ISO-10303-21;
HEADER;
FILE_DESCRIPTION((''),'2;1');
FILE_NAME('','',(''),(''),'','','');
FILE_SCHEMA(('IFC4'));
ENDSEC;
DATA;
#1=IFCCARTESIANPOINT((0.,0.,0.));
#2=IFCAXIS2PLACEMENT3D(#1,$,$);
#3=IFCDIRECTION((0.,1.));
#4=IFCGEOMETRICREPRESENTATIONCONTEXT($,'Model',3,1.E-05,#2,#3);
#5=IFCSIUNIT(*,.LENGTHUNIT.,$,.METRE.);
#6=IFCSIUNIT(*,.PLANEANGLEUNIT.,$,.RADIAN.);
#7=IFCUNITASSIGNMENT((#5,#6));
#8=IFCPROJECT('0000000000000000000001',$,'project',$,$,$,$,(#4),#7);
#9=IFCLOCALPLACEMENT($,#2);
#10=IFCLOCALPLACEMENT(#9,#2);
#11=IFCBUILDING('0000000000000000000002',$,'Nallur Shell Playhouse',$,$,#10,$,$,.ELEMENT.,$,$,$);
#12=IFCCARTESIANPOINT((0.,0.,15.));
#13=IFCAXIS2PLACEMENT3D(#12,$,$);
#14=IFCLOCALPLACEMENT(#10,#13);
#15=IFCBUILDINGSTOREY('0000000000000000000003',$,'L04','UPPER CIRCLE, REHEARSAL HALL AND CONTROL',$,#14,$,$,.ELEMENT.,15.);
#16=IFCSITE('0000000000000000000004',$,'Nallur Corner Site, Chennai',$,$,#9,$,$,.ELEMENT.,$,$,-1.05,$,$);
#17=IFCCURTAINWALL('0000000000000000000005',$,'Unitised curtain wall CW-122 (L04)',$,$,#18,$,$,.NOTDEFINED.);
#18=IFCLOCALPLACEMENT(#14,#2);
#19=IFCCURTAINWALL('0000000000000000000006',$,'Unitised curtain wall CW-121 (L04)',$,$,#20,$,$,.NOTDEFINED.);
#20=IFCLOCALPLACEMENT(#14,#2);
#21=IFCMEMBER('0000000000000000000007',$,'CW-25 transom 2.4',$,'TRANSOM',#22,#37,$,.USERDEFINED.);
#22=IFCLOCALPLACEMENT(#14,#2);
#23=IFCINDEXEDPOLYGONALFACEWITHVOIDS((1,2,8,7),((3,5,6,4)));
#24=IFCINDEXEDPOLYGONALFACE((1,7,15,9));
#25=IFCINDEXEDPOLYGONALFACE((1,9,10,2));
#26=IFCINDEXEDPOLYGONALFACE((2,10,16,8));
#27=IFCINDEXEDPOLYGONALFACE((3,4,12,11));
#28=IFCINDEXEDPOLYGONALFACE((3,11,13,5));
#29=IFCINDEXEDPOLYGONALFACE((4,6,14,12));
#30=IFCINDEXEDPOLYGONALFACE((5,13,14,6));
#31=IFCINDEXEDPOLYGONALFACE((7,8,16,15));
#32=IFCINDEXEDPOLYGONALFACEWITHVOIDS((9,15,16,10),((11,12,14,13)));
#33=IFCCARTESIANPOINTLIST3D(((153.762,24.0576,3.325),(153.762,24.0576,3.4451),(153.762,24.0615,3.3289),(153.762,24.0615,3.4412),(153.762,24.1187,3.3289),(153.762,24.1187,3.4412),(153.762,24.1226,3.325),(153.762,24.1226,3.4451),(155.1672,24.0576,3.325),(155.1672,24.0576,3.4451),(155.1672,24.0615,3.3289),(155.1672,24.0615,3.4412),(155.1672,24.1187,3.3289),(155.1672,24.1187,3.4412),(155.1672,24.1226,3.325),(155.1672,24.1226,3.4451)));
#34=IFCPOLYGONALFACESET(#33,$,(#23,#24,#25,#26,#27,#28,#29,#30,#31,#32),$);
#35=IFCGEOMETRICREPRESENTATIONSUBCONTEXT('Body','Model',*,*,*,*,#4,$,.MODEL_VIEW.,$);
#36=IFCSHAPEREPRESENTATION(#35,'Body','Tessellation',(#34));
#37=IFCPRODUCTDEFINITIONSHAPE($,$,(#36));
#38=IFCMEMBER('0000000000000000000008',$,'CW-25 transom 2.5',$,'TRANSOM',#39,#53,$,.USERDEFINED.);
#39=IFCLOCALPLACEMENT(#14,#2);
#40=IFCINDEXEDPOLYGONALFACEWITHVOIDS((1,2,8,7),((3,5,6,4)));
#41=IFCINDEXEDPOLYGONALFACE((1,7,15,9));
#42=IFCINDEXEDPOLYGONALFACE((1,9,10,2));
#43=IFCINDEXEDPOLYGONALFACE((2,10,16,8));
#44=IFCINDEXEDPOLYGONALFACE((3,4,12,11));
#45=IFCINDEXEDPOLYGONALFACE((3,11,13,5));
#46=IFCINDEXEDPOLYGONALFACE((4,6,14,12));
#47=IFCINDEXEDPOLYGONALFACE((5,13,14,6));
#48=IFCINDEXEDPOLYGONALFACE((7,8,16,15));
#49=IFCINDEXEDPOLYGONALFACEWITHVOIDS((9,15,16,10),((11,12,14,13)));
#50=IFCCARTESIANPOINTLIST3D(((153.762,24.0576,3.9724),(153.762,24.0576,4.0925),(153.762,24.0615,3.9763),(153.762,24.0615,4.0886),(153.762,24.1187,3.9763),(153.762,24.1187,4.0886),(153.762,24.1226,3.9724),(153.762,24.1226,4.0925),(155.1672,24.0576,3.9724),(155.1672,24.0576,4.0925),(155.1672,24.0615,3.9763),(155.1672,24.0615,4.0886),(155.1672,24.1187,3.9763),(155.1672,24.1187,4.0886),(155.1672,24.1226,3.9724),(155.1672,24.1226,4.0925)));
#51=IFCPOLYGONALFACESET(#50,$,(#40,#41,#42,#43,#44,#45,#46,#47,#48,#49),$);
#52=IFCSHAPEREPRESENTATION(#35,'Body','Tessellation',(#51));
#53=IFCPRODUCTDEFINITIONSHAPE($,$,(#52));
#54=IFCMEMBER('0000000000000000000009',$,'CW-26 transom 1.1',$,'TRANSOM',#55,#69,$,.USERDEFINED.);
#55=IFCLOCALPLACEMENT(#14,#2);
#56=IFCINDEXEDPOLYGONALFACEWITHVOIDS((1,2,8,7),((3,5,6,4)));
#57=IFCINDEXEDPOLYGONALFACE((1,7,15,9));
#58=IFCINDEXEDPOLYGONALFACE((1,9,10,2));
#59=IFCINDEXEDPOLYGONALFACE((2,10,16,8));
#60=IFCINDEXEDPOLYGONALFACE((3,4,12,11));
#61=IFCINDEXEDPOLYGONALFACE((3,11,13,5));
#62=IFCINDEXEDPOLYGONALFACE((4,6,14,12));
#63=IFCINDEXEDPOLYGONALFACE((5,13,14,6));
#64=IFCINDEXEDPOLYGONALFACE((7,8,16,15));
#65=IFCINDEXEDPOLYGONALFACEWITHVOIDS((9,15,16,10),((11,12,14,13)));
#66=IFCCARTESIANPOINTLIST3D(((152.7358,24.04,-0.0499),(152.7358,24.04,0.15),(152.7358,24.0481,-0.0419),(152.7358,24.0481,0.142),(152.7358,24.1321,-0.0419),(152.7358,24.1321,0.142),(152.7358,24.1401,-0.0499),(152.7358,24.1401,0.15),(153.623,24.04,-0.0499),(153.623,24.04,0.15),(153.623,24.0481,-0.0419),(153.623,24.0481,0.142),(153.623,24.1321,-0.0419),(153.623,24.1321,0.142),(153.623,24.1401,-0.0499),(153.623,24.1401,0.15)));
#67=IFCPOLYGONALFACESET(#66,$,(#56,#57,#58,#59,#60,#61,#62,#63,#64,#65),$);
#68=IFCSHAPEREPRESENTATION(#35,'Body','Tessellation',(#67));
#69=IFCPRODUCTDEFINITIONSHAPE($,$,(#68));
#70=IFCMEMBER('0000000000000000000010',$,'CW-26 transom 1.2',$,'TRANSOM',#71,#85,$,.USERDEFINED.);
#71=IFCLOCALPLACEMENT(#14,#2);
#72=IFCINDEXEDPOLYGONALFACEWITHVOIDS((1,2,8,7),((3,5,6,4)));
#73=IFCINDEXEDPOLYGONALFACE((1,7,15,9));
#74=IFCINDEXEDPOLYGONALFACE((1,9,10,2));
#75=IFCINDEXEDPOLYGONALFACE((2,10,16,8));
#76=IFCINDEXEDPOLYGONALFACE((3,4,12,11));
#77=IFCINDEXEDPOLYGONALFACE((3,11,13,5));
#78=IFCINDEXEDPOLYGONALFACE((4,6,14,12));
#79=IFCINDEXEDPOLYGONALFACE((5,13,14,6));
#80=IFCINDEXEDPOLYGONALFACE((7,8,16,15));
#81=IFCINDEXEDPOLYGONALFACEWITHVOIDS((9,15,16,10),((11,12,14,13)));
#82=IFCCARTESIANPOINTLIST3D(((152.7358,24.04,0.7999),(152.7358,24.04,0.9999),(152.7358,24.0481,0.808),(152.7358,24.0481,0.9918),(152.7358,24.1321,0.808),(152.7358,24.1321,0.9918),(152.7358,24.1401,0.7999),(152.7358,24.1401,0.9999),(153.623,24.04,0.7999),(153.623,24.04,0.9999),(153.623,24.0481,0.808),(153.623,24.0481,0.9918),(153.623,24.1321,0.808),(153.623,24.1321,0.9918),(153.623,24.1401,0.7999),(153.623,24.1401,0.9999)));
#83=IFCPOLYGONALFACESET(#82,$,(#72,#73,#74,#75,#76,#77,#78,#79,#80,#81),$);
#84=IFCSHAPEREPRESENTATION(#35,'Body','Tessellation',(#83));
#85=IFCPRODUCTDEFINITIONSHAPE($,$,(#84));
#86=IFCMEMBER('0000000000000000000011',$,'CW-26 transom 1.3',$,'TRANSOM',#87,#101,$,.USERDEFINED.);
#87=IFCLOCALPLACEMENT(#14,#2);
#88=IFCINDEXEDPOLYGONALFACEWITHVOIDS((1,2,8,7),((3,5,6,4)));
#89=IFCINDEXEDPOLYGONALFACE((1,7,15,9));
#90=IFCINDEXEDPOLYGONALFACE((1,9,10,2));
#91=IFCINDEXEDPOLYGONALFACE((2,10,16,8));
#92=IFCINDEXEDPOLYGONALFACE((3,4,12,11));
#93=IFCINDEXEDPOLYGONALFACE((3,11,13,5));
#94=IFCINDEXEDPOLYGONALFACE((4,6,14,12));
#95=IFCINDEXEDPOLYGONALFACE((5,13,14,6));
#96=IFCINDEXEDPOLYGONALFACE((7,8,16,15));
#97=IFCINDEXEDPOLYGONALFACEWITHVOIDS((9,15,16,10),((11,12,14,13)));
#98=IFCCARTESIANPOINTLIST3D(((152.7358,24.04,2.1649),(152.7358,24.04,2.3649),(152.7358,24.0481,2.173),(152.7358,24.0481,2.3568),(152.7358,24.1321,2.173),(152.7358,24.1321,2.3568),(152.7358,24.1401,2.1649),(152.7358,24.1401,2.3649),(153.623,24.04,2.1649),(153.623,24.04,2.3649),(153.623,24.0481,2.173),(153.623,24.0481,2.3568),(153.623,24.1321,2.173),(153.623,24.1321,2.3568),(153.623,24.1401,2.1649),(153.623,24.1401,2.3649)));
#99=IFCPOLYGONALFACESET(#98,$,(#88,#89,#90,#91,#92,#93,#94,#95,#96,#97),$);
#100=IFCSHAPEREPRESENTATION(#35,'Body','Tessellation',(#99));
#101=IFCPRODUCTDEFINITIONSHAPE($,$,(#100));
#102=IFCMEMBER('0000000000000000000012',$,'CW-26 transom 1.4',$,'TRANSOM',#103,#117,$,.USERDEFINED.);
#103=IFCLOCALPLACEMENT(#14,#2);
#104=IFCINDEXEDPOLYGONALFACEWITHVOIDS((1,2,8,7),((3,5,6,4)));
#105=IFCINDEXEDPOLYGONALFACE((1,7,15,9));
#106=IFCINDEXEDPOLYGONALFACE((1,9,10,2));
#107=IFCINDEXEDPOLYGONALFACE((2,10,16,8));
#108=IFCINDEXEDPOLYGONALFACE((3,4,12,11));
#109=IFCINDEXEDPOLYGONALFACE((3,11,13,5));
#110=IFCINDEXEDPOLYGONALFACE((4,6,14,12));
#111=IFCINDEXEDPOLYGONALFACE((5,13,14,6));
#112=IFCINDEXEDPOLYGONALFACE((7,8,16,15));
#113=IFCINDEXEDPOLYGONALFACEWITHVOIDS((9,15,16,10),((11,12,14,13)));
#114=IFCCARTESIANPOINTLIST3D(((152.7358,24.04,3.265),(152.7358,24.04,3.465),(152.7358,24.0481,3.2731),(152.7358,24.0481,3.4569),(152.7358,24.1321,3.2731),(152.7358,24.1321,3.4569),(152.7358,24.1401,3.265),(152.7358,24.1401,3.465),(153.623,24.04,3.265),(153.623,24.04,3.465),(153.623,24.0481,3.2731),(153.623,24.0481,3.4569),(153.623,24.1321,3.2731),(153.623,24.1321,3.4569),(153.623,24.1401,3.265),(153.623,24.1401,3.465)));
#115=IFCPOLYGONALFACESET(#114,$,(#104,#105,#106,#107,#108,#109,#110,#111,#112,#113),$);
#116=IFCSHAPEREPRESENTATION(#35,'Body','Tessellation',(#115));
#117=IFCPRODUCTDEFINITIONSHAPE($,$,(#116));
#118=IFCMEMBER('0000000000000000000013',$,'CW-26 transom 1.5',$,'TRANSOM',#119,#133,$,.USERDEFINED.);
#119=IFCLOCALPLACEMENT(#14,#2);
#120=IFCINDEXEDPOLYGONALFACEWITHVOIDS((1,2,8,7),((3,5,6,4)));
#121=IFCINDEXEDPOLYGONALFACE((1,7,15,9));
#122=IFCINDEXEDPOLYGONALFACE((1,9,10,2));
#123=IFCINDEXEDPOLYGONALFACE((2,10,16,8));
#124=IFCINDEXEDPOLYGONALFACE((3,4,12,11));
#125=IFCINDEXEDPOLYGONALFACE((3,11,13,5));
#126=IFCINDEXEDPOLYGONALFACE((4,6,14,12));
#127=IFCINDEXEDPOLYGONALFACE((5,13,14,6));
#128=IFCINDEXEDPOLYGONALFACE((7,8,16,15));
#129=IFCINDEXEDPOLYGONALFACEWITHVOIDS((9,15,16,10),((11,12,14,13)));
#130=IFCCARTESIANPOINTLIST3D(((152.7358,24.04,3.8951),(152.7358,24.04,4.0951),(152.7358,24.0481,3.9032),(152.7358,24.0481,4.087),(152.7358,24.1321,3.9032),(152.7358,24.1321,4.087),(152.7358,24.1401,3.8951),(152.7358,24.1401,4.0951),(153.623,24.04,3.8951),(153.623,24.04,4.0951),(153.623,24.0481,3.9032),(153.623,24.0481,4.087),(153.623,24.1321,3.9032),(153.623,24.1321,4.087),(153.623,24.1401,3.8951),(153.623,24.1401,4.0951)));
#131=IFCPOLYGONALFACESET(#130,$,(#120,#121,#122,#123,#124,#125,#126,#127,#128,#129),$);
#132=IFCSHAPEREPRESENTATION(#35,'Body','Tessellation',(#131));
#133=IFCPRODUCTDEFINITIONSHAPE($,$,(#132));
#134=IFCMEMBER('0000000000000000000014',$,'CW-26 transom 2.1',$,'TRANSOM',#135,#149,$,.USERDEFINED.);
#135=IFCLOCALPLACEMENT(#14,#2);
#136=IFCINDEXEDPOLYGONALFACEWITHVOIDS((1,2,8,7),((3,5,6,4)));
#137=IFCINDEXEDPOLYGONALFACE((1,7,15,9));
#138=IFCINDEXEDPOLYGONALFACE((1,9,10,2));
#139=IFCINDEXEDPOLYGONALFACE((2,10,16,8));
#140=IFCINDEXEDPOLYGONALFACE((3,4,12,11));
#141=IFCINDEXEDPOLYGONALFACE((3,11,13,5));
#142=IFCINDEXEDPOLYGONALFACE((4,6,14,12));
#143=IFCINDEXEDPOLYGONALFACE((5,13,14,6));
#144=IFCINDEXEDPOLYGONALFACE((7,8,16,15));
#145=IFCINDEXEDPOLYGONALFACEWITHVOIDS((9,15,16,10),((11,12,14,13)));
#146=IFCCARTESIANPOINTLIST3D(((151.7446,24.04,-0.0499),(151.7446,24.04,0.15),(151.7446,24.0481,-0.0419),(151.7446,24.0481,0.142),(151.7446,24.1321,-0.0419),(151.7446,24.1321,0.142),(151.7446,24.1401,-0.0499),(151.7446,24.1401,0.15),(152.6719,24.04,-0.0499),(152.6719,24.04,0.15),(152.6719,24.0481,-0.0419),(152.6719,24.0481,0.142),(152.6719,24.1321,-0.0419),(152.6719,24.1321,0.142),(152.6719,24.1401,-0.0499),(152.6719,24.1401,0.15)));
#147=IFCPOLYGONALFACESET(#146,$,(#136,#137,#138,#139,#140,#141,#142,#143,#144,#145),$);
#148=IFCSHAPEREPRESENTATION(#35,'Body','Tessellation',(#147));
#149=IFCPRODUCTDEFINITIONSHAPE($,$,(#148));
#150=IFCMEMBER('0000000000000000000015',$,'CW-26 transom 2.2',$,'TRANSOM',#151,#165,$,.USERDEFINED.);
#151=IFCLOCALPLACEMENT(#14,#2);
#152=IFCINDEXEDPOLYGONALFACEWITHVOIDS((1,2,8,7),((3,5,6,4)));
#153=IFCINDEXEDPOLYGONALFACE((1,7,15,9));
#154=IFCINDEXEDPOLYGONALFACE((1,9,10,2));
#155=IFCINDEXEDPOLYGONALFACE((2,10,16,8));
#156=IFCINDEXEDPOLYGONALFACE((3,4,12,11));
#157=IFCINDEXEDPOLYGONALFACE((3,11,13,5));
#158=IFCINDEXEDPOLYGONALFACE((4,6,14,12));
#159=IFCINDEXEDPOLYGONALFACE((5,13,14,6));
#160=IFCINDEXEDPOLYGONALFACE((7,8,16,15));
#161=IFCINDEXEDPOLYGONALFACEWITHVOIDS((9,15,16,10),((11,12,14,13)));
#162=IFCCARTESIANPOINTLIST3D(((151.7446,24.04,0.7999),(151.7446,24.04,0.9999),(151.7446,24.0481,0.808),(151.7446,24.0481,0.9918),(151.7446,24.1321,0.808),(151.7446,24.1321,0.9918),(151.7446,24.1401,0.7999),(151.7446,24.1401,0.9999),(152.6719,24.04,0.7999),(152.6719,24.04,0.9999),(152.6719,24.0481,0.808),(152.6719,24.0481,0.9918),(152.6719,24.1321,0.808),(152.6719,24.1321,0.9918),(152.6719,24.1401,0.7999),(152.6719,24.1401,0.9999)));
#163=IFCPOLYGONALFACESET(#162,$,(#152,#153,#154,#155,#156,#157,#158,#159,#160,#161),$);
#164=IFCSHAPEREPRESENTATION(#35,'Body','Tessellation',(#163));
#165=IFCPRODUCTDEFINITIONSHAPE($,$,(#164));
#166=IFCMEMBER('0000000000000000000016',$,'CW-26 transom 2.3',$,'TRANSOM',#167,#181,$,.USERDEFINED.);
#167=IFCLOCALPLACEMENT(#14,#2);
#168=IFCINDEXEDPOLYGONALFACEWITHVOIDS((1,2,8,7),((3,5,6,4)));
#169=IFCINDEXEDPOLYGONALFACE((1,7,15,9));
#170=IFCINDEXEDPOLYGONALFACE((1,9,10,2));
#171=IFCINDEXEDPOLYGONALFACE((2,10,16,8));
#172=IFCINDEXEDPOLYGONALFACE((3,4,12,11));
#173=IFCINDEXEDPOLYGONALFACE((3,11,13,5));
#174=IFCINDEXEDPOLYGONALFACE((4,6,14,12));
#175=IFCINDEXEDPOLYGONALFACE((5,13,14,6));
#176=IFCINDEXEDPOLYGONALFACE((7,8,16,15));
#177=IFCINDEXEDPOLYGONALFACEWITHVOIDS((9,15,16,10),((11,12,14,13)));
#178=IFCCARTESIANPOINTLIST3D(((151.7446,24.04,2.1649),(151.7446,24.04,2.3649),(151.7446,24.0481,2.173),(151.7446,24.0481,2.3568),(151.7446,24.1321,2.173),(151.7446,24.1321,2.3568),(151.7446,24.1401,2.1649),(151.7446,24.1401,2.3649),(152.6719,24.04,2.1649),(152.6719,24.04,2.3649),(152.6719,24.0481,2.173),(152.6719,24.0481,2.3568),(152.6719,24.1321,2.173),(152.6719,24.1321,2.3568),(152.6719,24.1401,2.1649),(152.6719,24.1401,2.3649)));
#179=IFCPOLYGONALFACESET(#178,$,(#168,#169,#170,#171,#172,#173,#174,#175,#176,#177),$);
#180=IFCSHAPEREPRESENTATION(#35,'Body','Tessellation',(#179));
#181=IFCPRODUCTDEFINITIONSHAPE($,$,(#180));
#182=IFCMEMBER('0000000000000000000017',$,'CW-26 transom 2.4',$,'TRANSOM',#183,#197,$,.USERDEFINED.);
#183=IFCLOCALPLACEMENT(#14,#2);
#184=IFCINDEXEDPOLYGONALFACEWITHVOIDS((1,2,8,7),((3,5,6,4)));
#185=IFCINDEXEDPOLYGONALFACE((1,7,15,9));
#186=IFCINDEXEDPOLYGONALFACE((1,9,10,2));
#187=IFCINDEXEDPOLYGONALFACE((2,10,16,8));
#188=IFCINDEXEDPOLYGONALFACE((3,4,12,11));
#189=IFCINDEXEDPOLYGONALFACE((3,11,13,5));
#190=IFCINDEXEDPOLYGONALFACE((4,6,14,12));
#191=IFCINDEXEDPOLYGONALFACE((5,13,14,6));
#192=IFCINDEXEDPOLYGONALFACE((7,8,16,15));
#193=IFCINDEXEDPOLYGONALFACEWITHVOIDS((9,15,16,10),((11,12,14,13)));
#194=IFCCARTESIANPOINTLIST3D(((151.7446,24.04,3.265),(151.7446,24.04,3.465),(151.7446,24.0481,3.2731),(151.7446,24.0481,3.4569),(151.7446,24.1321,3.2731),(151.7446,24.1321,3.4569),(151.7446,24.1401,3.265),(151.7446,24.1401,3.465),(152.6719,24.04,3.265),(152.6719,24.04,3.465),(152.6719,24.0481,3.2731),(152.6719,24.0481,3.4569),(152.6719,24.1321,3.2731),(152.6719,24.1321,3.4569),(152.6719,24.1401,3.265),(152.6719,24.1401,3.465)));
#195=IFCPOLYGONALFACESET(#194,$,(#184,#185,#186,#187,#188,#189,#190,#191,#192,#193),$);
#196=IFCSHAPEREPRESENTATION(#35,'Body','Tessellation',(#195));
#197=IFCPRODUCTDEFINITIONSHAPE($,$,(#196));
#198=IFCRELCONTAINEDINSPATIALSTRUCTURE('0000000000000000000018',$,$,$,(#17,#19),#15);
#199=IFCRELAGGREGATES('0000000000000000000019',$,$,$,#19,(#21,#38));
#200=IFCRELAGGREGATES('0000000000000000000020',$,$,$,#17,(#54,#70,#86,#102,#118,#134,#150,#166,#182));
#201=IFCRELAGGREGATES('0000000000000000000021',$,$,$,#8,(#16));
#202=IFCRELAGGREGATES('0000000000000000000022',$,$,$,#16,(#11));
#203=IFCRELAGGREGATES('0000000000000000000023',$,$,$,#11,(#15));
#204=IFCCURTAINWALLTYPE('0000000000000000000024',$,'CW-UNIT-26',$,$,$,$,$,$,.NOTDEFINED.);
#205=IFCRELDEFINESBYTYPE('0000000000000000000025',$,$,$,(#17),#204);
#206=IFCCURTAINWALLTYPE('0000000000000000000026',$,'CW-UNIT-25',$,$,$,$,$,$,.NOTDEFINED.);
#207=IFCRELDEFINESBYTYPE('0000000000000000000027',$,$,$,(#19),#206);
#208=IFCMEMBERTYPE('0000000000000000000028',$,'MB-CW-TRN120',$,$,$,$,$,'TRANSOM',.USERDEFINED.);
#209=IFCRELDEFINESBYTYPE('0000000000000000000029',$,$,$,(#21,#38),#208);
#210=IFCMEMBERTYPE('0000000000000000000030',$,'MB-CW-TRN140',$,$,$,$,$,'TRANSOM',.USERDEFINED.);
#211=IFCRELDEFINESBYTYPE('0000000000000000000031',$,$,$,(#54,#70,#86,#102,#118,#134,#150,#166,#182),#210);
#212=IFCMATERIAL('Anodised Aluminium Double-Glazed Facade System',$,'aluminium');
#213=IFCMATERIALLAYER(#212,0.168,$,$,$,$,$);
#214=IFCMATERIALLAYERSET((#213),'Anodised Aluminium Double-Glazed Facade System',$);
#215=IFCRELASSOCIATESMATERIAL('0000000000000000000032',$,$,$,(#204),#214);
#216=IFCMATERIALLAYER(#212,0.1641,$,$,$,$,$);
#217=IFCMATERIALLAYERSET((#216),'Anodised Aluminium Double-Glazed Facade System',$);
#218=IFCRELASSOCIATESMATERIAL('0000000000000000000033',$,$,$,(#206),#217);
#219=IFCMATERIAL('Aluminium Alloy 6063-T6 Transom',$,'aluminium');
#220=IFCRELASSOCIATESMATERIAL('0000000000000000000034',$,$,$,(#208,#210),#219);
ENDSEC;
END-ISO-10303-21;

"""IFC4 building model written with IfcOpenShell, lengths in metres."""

from ifc_helpers import new_model, si_unit, direction, frame, origin, origin_2d, place, context, subcontext, project, spatial, hollow_rectangle, extrude, material, layer, layer_set, material_profile, profile_set, type_object, element, aggregate, save


model = new_model("IFC4")

# Units and contexts
model_context = context("Model", 3, precision=1e-05, world=origin(), true_north=direction((0.0, 1.0)))
body_context = subcontext(model_context, "Body", "Model", "MODEL_VIEW")
ifc_project = project(units=[si_unit("LENGTHUNIT", "METRE"), si_unit("PLANEANGLEUNIT", "RADIAN")], contexts=[model_context])

# Site, building, storey
site_placement = place(None, origin())
site = spatial("IfcSite", under=ifc_project, at=site_placement, Name="Nallur Corner Site, Chennai", CompositionType="ELEMENT", RefElevation=-1.05)
building_placement = place(site_placement, origin())
building = spatial("IfcBuilding", under=site, at=building_placement, Name="Nallur Shell Playhouse", CompositionType="ELEMENT")
storey_placement = place(building_placement, frame((0.0, 0.0, 15.0)))
storey = spatial("IfcBuildingStorey", under=building, at=storey_placement, Name="L04", Description="UPPER CIRCLE, REHEARSAL HALL AND CONTROL", CompositionType="ELEMENT", Elevation=15.0)

# Curtain walls, members
ifc_material_1 = material(Name="Anodised Aluminium Double-Glazed Facade System", Category="aluminium")
ifc_layer_1 = layer(ifc_material_1, 0.168)
ifc_layer_set_1 = layer_set([ifc_layer_1], Name="Anodised Aluminium Double-Glazed Facade System")
curtain_wall_type_1 = type_object("IfcCurtainWallType", Name="CW-UNIT-26", PredefinedType="NOTDEFINED", material=ifc_layer_set_1)
curtain_wall_1_placement = place(storey_placement, origin())
curtain_wall_1 = element("IfcCurtainWall", 1, at=curtain_wall_1_placement, inside=storey, type_object=curtain_wall_type_1, Name="Unitised curtain wall CW-122 (L04)", PredefinedType="NOTDEFINED")
ifc_layer_2 = layer(ifc_material_1, 0.1641)
ifc_layer_set_2 = layer_set([ifc_layer_2], Name="Anodised Aluminium Double-Glazed Facade System")
curtain_wall_type_2 = type_object("IfcCurtainWallType", Name="CW-UNIT-25", PredefinedType="NOTDEFINED", material=ifc_layer_set_2)
curtain_wall_2_placement = place(storey_placement, origin())
curtain_wall_2 = element("IfcCurtainWall", 2, at=curtain_wall_2_placement, inside=storey, type_object=curtain_wall_type_2, Name="Unitised curtain wall CW-121 (L04)", PredefinedType="NOTDEFINED")
ifc_material_2 = material(Name="Aluminium Alloy 6063-T6 Transom", Category="aluminium")
ifc_material_profile_1 = material_profile(ifc_material_2, hollow_rectangle(XDim=0.0649, YDim=0.1201, WallThickness=0.0039, at=origin_2d()), Name="ALU 65x120x4")
ifc_profile_set_1 = profile_set([ifc_material_profile_1], Name="Aluminium Alloy 6063-T6 Transom")
member_type_1 = type_object("IfcMemberType", Name="MB-CW-TRN120", ElementType="TRANSOM", PredefinedType="USERDEFINED", material=ifc_profile_set_1)
member_1_placement = place(storey_placement, frame((155.1672, 24.0901, 3.385), z_axis=(-1.0, 0.0, 0.0), x_axis=(0.0, -1.0, 0.0)))
member_1 = element("IfcMember", 3, at=member_1_placement, type_object=member_type_1, Name="CW-25 transom 2.4", ObjectType="TRANSOM", PredefinedType="USERDEFINED", context=body_context, shape_type="SweptSolid", body=[
    extrude(hollow_rectangle(XDim=0.0649, YDim=0.1201, WallThickness=0.0039, at=origin_2d()), origin(), (0.0, 0.0, 1.0), 1.4053),
])
member_2_placement = place(storey_placement, frame((155.1672, 24.0901, 4.0325), z_axis=(-1.0, 0.0, 0.0), x_axis=(0.0, -1.0, 0.0)))
member_2 = element("IfcMember", 4, at=member_2_placement, type_object=member_type_1, Name="CW-25 transom 2.5", ObjectType="TRANSOM", PredefinedType="USERDEFINED", context=body_context, shape_type="SweptSolid", body=[
    extrude(hollow_rectangle(XDim=0.0649, YDim=0.1201, WallThickness=0.0039, at=origin_2d()), origin(), (0.0, 0.0, 1.0), 1.4053),
])

# Members
ifc_material_profile_2 = material_profile(ifc_material_2, hollow_rectangle(XDim=0.1001, YDim=0.2, WallThickness=0.0081, at=origin_2d()), Name="RHS 200x100x8")
ifc_profile_set_2 = profile_set([ifc_material_profile_2], Name="Aluminium Alloy 6063-T6 Transom")
member_type_2 = type_object("IfcMemberType", Name="MB-CW-TRN140", ElementType="TRANSOM", PredefinedType="USERDEFINED", material=ifc_profile_set_2)
member_3_placement = place(storey_placement, frame((153.623, 24.0901, 0.05), z_axis=(-1.0, 0.0, 0.0), x_axis=(0.0, -1.0, 0.0)))
member_3 = element("IfcMember", 5, at=member_3_placement, type_object=member_type_2, Name="CW-26 transom 1.1", ObjectType="TRANSOM", PredefinedType="USERDEFINED", context=body_context, shape_type="SweptSolid", body=[
    extrude(hollow_rectangle(XDim=0.1001, YDim=0.2, WallThickness=0.0081, at=origin_2d()), origin(), (0.0, 0.0, 1.0), 0.8872),
])
member_4_placement = place(storey_placement, frame((153.623, 24.0901, 0.8999), z_axis=(-1.0, 0.0, 0.0), x_axis=(0.0, -1.0, 0.0)))
member_4 = element("IfcMember", 6, at=member_4_placement, type_object=member_type_2, Name="CW-26 transom 1.2", ObjectType="TRANSOM", PredefinedType="USERDEFINED", context=body_context, shape_type="SweptSolid", body=[
    extrude(hollow_rectangle(XDim=0.1001, YDim=0.2, WallThickness=0.0081, at=origin_2d()), origin(), (0.0, 0.0, 1.0), 0.8872),
])
member_5_placement = place(storey_placement, frame((153.623, 24.0901, 2.2649), z_axis=(-1.0, 0.0, 0.0), x_axis=(0.0, -1.0, 0.0)))
member_5 = element("IfcMember", 7, at=member_5_placement, type_object=member_type_2, Name="CW-26 transom 1.3", ObjectType="TRANSOM", PredefinedType="USERDEFINED", context=body_context, shape_type="SweptSolid", body=[
    extrude(hollow_rectangle(XDim=0.1001, YDim=0.2, WallThickness=0.0081, at=origin_2d()), origin(), (0.0, 0.0, 1.0), 0.8872),
])
member_6_placement = place(storey_placement, frame((153.623, 24.0901, 3.365), z_axis=(-1.0, 0.0, 0.0), x_axis=(0.0, -1.0, 0.0)))
member_6 = element("IfcMember", 8, at=member_6_placement, type_object=member_type_2, Name="CW-26 transom 1.4", ObjectType="TRANSOM", PredefinedType="USERDEFINED", context=body_context, shape_type="SweptSolid", body=[
    extrude(hollow_rectangle(XDim=0.1001, YDim=0.2, WallThickness=0.0081, at=origin_2d()), origin(), (0.0, 0.0, 1.0), 0.8872),
])
member_7_placement = place(storey_placement, frame((153.623, 24.0901, 3.9951), z_axis=(-1.0, 0.0, 0.0), x_axis=(0.0, -1.0, 0.0)))
member_7 = element("IfcMember", 9, at=member_7_placement, type_object=member_type_2, Name="CW-26 transom 1.5", ObjectType="TRANSOM", PredefinedType="USERDEFINED", context=body_context, shape_type="SweptSolid", body=[
    extrude(hollow_rectangle(XDim=0.1001, YDim=0.2, WallThickness=0.0081, at=origin_2d()), origin(), (0.0, 0.0, 1.0), 0.8872),
])
member_8_placement = place(storey_placement, frame((152.6719, 24.0901, 0.05), z_axis=(-1.0, 0.0, 0.0), x_axis=(0.0, -1.0, 0.0)))
member_8 = element("IfcMember", 10, at=member_8_placement, type_object=member_type_2, Name="CW-26 transom 2.1", ObjectType="TRANSOM", PredefinedType="USERDEFINED", context=body_context, shape_type="SweptSolid", body=[
    extrude(hollow_rectangle(XDim=0.1001, YDim=0.2, WallThickness=0.0081, at=origin_2d()), origin(), (0.0, 0.0, 1.0), 0.9272),
])
member_9_placement = place(storey_placement, frame((152.6719, 24.0901, 0.8999), z_axis=(-1.0, 0.0, 0.0), x_axis=(0.0, -1.0, 0.0)))
member_9 = element("IfcMember", 11, at=member_9_placement, type_object=member_type_2, Name="CW-26 transom 2.2", ObjectType="TRANSOM", PredefinedType="USERDEFINED", context=body_context, shape_type="SweptSolid", body=[
    extrude(hollow_rectangle(XDim=0.1001, YDim=0.2, WallThickness=0.0081, at=origin_2d()), origin(), (0.0, 0.0, 1.0), 0.9272),
])
member_10_placement = place(storey_placement, frame((152.6719, 24.0901, 2.2649), z_axis=(-1.0, 0.0, 0.0), x_axis=(0.0, -1.0, 0.0)))
member_10 = element("IfcMember", 12, at=member_10_placement, type_object=member_type_2, Name="CW-26 transom 2.3", ObjectType="TRANSOM", PredefinedType="USERDEFINED", context=body_context, shape_type="SweptSolid", body=[
    extrude(hollow_rectangle(XDim=0.1001, YDim=0.2, WallThickness=0.0081, at=origin_2d()), origin(), (0.0, 0.0, 1.0), 0.9272),
])
member_11_placement = place(storey_placement, frame((152.6719, 24.0901, 3.365), z_axis=(-1.0, 0.0, 0.0), x_axis=(0.0, -1.0, 0.0)))
member_11 = element("IfcMember", 13, at=member_11_placement, type_object=member_type_2, Name="CW-26 transom 2.4", ObjectType="TRANSOM", PredefinedType="USERDEFINED", context=body_context, shape_type="SweptSolid", body=[
    extrude(hollow_rectangle(XDim=0.1001, YDim=0.2, WallThickness=0.0081, at=origin_2d()), origin(), (0.0, 0.0, 1.0), 0.9272),
])

aggregate(curtain_wall_2, [member_1, member_2])
aggregate(curtain_wall_1, [member_3, member_4, member_5, member_6, member_7, member_8, member_9, member_10, member_11])

save(model, "model.ifc")
